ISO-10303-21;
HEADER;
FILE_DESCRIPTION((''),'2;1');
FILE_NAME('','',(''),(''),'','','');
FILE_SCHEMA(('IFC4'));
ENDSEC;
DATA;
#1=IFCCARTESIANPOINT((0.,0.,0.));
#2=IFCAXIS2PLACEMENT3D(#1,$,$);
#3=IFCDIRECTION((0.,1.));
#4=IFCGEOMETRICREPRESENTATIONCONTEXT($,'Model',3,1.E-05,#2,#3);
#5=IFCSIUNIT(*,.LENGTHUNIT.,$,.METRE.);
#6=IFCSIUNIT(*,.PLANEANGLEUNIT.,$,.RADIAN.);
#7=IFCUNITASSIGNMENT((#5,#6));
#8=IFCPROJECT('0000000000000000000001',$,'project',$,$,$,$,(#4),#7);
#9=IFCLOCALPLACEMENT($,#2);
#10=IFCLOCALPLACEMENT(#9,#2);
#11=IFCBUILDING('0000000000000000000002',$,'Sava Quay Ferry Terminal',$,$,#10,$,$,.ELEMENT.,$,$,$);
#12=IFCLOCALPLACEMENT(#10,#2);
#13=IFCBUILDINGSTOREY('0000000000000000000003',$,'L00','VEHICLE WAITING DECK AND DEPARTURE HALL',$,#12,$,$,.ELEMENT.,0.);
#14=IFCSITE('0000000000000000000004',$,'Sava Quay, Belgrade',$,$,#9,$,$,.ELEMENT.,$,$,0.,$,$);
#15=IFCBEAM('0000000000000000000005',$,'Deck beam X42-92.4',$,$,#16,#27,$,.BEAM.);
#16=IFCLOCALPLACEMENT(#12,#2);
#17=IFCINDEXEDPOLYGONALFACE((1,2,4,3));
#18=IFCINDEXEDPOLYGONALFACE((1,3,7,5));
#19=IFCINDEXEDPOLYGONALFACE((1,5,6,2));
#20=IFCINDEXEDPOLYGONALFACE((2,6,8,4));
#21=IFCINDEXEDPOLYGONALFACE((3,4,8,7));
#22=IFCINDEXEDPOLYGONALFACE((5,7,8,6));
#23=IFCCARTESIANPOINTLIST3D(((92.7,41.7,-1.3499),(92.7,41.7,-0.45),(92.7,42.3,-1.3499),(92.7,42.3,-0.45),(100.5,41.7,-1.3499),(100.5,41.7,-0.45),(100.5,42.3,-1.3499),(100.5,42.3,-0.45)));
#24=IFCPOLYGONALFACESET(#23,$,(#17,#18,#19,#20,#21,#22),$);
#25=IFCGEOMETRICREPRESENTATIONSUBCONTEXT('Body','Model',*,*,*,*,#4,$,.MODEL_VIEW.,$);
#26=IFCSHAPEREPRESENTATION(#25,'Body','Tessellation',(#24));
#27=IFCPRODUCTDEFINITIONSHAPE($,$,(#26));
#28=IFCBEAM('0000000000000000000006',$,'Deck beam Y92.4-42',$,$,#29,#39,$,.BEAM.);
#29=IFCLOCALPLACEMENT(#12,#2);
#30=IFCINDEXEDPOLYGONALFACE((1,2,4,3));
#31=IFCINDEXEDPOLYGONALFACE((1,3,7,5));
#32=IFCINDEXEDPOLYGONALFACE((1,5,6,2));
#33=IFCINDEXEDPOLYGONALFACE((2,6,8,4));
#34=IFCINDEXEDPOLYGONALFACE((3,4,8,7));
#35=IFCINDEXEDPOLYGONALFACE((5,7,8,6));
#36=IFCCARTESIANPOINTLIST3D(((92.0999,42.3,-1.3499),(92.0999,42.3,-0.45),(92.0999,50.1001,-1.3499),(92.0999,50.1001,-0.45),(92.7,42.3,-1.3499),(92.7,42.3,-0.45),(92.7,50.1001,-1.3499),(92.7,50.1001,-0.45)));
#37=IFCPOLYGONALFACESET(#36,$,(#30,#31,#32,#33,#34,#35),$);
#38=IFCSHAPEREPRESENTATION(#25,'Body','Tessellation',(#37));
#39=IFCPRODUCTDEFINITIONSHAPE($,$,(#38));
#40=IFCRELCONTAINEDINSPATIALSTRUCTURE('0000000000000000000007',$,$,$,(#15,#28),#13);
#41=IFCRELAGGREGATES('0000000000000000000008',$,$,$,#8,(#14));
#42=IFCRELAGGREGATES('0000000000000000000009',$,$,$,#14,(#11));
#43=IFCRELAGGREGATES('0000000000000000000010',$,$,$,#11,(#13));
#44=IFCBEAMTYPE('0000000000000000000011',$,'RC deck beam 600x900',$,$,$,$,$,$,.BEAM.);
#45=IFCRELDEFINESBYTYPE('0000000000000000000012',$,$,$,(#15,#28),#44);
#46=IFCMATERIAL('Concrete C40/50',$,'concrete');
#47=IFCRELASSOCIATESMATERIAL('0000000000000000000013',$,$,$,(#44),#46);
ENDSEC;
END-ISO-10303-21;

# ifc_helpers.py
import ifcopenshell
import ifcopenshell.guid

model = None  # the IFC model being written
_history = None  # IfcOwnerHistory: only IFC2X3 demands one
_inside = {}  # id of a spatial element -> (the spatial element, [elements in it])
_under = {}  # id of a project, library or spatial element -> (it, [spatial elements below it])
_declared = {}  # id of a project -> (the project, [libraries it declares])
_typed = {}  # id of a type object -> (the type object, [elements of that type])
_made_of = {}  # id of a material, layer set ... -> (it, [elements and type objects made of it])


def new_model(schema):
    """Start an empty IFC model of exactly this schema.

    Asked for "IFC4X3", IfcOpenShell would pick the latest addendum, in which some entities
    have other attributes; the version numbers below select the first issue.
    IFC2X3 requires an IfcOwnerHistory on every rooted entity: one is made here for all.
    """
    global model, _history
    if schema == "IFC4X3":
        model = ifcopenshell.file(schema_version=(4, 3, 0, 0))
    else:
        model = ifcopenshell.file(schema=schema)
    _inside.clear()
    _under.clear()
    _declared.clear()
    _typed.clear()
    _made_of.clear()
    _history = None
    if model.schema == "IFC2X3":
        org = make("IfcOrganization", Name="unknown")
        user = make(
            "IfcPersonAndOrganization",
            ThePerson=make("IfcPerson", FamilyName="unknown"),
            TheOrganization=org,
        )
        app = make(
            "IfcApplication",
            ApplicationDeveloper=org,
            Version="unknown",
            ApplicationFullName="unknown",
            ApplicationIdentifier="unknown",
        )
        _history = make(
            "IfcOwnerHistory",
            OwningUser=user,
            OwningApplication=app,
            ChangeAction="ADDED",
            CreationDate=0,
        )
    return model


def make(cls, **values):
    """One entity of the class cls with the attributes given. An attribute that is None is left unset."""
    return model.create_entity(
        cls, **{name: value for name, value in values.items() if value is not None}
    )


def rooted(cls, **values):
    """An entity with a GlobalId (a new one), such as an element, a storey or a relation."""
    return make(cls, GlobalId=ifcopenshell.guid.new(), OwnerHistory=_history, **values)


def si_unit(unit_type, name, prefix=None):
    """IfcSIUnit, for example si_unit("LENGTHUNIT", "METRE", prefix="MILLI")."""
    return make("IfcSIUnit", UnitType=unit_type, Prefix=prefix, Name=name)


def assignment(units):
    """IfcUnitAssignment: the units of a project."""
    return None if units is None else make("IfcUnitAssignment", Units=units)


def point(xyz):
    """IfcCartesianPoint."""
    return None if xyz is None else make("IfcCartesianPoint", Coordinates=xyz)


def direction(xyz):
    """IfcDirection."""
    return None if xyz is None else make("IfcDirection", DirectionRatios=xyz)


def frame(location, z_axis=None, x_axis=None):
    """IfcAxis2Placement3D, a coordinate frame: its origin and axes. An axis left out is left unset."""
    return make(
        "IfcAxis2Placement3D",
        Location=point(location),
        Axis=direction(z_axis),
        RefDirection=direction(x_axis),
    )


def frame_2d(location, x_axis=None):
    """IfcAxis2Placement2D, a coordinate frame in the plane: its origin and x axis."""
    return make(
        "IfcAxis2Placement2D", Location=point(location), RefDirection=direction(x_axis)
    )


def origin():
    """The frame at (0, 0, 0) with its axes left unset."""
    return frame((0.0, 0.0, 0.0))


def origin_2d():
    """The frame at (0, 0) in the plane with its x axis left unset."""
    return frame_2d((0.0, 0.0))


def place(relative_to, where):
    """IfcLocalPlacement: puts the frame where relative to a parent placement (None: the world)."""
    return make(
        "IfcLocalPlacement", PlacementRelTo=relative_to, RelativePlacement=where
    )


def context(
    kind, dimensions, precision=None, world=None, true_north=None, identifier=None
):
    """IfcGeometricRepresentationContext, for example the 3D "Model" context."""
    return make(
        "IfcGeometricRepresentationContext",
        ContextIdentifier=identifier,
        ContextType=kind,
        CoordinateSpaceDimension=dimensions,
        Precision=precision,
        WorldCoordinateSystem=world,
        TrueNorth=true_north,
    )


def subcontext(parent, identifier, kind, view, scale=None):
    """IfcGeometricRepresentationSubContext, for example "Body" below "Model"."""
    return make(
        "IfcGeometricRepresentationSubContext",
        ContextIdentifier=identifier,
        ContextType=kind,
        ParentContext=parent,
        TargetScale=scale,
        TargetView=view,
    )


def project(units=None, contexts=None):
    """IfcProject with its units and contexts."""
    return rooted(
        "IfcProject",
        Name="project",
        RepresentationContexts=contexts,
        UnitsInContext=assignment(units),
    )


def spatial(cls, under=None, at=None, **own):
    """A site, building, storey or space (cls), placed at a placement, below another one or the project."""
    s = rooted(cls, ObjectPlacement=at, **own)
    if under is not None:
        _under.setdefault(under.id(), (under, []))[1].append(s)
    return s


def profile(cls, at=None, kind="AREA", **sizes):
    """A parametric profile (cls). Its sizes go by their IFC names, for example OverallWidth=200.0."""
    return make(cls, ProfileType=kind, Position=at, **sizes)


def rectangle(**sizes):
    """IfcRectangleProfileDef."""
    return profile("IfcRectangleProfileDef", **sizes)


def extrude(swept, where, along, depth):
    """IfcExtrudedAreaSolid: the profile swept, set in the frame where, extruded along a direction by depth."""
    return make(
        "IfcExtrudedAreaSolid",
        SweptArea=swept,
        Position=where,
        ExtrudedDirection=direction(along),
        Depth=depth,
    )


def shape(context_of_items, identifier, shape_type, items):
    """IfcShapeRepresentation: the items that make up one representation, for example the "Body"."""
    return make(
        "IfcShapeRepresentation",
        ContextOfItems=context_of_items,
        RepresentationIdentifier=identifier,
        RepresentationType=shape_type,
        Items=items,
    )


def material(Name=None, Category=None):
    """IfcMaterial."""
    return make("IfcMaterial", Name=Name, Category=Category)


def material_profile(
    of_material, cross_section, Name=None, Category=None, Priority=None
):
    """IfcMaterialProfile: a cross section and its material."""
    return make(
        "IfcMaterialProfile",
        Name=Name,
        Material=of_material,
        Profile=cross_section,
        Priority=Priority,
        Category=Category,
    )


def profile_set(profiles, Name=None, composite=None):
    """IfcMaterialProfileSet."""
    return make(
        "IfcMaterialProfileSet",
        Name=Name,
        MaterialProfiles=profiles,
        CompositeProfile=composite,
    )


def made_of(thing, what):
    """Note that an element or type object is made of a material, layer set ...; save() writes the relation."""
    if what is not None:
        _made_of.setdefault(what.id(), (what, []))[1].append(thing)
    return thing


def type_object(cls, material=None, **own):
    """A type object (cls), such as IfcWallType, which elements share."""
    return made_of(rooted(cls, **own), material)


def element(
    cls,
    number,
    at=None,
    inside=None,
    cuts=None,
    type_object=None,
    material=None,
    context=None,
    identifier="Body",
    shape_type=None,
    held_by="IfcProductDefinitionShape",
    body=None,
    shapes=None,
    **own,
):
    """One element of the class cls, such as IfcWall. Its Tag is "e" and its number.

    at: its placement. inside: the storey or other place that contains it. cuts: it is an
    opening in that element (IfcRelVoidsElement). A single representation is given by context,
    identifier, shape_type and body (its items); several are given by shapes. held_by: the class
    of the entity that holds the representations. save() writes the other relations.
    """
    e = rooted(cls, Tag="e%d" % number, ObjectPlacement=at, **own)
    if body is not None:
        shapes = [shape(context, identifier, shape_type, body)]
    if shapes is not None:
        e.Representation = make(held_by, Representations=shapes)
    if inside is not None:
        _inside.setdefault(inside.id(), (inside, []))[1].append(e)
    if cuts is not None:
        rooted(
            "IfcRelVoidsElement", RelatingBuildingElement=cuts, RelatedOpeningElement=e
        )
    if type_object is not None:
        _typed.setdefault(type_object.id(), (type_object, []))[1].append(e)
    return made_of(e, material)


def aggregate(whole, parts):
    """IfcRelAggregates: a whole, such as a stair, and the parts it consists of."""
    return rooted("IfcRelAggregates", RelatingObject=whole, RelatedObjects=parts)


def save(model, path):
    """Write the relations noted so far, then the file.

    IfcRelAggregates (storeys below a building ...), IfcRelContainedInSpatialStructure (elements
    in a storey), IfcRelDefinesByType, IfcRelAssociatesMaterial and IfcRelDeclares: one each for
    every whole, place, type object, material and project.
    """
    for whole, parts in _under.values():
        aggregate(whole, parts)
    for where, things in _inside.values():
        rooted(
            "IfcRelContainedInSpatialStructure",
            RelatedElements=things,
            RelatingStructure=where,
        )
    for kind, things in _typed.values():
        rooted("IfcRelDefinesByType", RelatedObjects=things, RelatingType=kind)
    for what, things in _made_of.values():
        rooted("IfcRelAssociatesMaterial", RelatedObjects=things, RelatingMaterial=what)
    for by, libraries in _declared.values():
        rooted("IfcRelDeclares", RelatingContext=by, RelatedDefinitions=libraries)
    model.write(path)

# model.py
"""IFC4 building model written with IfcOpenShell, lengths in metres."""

from ifc_helpers import new_model, si_unit, direction, frame, origin, origin_2d, place, context, subcontext, project, spatial, rectangle, extrude, material, material_profile, profile_set, type_object, element, save


model = new_model("IFC4")

# Units and contexts
model_context = context("Model", 3, precision=1e-05, world=origin(), true_north=direction((0.0, 1.0)))
body_context = subcontext(model_context, "Body", "Model", "MODEL_VIEW")
ifc_project = project(units=[si_unit("LENGTHUNIT", "METRE"), si_unit("PLANEANGLEUNIT", "RADIAN")], contexts=[model_context])

# Site, building, storey
site_placement = place(None, origin())
site = spatial("IfcSite", under=ifc_project, at=site_placement, Name="Sava Quay, Belgrade", CompositionType="ELEMENT", RefElevation=0.0)
building_placement = place(site_placement, origin())
building = spatial("IfcBuilding", under=site, at=building_placement, Name="Sava Quay Ferry Terminal", CompositionType="ELEMENT")
storey_placement = place(building_placement, origin())
storey = spatial("IfcBuildingStorey", under=building, at=storey_placement, Name="L00", Description="VEHICLE WAITING DECK AND DEPARTURE HALL", CompositionType="ELEMENT", Elevation=0.0)

# Beams
ifc_material_1 = material(Name="Concrete C40/50", Category="concrete")
ifc_material_profile_1 = material_profile(ifc_material_1, rectangle(XDim=0.6001, YDim=0.8999, at=origin_2d()), Name="RC 600x900")
ifc_profile_set_1 = profile_set([ifc_material_profile_1], Name="Concrete C40/50")
beam_type = type_object("IfcBeamType", Name="RC deck beam 600x900", PredefinedType="BEAM", material=ifc_profile_set_1)
for number, where, z_axis, x_axis, name in (
    (1, (92.7, 42.0, -0.8999), (1.0, 0.0, 0.0), (0.0, 1.0, 0.0), "Deck beam X42-92.4"),
    (2, (92.3999, 42.3, -0.8999), (0.0, 1.0, 0.0), (-1.0, 0.0, 0.0), "Deck beam Y92.4-42"),
):
    element("IfcBeam", number, at=place(storey_placement, frame(where, z_axis=z_axis, x_axis=x_axis)), inside=storey, type_object=beam_type, Name=name, PredefinedType="BEAM", context=body_context, shape_type="SweptSolid", body=[
        extrude(rectangle(XDim=0.6001, YDim=0.8999, at=origin_2d()), origin(), (0.0, 0.0, 1.0), 7.8),
    ])

save(model, "model.ifc")
